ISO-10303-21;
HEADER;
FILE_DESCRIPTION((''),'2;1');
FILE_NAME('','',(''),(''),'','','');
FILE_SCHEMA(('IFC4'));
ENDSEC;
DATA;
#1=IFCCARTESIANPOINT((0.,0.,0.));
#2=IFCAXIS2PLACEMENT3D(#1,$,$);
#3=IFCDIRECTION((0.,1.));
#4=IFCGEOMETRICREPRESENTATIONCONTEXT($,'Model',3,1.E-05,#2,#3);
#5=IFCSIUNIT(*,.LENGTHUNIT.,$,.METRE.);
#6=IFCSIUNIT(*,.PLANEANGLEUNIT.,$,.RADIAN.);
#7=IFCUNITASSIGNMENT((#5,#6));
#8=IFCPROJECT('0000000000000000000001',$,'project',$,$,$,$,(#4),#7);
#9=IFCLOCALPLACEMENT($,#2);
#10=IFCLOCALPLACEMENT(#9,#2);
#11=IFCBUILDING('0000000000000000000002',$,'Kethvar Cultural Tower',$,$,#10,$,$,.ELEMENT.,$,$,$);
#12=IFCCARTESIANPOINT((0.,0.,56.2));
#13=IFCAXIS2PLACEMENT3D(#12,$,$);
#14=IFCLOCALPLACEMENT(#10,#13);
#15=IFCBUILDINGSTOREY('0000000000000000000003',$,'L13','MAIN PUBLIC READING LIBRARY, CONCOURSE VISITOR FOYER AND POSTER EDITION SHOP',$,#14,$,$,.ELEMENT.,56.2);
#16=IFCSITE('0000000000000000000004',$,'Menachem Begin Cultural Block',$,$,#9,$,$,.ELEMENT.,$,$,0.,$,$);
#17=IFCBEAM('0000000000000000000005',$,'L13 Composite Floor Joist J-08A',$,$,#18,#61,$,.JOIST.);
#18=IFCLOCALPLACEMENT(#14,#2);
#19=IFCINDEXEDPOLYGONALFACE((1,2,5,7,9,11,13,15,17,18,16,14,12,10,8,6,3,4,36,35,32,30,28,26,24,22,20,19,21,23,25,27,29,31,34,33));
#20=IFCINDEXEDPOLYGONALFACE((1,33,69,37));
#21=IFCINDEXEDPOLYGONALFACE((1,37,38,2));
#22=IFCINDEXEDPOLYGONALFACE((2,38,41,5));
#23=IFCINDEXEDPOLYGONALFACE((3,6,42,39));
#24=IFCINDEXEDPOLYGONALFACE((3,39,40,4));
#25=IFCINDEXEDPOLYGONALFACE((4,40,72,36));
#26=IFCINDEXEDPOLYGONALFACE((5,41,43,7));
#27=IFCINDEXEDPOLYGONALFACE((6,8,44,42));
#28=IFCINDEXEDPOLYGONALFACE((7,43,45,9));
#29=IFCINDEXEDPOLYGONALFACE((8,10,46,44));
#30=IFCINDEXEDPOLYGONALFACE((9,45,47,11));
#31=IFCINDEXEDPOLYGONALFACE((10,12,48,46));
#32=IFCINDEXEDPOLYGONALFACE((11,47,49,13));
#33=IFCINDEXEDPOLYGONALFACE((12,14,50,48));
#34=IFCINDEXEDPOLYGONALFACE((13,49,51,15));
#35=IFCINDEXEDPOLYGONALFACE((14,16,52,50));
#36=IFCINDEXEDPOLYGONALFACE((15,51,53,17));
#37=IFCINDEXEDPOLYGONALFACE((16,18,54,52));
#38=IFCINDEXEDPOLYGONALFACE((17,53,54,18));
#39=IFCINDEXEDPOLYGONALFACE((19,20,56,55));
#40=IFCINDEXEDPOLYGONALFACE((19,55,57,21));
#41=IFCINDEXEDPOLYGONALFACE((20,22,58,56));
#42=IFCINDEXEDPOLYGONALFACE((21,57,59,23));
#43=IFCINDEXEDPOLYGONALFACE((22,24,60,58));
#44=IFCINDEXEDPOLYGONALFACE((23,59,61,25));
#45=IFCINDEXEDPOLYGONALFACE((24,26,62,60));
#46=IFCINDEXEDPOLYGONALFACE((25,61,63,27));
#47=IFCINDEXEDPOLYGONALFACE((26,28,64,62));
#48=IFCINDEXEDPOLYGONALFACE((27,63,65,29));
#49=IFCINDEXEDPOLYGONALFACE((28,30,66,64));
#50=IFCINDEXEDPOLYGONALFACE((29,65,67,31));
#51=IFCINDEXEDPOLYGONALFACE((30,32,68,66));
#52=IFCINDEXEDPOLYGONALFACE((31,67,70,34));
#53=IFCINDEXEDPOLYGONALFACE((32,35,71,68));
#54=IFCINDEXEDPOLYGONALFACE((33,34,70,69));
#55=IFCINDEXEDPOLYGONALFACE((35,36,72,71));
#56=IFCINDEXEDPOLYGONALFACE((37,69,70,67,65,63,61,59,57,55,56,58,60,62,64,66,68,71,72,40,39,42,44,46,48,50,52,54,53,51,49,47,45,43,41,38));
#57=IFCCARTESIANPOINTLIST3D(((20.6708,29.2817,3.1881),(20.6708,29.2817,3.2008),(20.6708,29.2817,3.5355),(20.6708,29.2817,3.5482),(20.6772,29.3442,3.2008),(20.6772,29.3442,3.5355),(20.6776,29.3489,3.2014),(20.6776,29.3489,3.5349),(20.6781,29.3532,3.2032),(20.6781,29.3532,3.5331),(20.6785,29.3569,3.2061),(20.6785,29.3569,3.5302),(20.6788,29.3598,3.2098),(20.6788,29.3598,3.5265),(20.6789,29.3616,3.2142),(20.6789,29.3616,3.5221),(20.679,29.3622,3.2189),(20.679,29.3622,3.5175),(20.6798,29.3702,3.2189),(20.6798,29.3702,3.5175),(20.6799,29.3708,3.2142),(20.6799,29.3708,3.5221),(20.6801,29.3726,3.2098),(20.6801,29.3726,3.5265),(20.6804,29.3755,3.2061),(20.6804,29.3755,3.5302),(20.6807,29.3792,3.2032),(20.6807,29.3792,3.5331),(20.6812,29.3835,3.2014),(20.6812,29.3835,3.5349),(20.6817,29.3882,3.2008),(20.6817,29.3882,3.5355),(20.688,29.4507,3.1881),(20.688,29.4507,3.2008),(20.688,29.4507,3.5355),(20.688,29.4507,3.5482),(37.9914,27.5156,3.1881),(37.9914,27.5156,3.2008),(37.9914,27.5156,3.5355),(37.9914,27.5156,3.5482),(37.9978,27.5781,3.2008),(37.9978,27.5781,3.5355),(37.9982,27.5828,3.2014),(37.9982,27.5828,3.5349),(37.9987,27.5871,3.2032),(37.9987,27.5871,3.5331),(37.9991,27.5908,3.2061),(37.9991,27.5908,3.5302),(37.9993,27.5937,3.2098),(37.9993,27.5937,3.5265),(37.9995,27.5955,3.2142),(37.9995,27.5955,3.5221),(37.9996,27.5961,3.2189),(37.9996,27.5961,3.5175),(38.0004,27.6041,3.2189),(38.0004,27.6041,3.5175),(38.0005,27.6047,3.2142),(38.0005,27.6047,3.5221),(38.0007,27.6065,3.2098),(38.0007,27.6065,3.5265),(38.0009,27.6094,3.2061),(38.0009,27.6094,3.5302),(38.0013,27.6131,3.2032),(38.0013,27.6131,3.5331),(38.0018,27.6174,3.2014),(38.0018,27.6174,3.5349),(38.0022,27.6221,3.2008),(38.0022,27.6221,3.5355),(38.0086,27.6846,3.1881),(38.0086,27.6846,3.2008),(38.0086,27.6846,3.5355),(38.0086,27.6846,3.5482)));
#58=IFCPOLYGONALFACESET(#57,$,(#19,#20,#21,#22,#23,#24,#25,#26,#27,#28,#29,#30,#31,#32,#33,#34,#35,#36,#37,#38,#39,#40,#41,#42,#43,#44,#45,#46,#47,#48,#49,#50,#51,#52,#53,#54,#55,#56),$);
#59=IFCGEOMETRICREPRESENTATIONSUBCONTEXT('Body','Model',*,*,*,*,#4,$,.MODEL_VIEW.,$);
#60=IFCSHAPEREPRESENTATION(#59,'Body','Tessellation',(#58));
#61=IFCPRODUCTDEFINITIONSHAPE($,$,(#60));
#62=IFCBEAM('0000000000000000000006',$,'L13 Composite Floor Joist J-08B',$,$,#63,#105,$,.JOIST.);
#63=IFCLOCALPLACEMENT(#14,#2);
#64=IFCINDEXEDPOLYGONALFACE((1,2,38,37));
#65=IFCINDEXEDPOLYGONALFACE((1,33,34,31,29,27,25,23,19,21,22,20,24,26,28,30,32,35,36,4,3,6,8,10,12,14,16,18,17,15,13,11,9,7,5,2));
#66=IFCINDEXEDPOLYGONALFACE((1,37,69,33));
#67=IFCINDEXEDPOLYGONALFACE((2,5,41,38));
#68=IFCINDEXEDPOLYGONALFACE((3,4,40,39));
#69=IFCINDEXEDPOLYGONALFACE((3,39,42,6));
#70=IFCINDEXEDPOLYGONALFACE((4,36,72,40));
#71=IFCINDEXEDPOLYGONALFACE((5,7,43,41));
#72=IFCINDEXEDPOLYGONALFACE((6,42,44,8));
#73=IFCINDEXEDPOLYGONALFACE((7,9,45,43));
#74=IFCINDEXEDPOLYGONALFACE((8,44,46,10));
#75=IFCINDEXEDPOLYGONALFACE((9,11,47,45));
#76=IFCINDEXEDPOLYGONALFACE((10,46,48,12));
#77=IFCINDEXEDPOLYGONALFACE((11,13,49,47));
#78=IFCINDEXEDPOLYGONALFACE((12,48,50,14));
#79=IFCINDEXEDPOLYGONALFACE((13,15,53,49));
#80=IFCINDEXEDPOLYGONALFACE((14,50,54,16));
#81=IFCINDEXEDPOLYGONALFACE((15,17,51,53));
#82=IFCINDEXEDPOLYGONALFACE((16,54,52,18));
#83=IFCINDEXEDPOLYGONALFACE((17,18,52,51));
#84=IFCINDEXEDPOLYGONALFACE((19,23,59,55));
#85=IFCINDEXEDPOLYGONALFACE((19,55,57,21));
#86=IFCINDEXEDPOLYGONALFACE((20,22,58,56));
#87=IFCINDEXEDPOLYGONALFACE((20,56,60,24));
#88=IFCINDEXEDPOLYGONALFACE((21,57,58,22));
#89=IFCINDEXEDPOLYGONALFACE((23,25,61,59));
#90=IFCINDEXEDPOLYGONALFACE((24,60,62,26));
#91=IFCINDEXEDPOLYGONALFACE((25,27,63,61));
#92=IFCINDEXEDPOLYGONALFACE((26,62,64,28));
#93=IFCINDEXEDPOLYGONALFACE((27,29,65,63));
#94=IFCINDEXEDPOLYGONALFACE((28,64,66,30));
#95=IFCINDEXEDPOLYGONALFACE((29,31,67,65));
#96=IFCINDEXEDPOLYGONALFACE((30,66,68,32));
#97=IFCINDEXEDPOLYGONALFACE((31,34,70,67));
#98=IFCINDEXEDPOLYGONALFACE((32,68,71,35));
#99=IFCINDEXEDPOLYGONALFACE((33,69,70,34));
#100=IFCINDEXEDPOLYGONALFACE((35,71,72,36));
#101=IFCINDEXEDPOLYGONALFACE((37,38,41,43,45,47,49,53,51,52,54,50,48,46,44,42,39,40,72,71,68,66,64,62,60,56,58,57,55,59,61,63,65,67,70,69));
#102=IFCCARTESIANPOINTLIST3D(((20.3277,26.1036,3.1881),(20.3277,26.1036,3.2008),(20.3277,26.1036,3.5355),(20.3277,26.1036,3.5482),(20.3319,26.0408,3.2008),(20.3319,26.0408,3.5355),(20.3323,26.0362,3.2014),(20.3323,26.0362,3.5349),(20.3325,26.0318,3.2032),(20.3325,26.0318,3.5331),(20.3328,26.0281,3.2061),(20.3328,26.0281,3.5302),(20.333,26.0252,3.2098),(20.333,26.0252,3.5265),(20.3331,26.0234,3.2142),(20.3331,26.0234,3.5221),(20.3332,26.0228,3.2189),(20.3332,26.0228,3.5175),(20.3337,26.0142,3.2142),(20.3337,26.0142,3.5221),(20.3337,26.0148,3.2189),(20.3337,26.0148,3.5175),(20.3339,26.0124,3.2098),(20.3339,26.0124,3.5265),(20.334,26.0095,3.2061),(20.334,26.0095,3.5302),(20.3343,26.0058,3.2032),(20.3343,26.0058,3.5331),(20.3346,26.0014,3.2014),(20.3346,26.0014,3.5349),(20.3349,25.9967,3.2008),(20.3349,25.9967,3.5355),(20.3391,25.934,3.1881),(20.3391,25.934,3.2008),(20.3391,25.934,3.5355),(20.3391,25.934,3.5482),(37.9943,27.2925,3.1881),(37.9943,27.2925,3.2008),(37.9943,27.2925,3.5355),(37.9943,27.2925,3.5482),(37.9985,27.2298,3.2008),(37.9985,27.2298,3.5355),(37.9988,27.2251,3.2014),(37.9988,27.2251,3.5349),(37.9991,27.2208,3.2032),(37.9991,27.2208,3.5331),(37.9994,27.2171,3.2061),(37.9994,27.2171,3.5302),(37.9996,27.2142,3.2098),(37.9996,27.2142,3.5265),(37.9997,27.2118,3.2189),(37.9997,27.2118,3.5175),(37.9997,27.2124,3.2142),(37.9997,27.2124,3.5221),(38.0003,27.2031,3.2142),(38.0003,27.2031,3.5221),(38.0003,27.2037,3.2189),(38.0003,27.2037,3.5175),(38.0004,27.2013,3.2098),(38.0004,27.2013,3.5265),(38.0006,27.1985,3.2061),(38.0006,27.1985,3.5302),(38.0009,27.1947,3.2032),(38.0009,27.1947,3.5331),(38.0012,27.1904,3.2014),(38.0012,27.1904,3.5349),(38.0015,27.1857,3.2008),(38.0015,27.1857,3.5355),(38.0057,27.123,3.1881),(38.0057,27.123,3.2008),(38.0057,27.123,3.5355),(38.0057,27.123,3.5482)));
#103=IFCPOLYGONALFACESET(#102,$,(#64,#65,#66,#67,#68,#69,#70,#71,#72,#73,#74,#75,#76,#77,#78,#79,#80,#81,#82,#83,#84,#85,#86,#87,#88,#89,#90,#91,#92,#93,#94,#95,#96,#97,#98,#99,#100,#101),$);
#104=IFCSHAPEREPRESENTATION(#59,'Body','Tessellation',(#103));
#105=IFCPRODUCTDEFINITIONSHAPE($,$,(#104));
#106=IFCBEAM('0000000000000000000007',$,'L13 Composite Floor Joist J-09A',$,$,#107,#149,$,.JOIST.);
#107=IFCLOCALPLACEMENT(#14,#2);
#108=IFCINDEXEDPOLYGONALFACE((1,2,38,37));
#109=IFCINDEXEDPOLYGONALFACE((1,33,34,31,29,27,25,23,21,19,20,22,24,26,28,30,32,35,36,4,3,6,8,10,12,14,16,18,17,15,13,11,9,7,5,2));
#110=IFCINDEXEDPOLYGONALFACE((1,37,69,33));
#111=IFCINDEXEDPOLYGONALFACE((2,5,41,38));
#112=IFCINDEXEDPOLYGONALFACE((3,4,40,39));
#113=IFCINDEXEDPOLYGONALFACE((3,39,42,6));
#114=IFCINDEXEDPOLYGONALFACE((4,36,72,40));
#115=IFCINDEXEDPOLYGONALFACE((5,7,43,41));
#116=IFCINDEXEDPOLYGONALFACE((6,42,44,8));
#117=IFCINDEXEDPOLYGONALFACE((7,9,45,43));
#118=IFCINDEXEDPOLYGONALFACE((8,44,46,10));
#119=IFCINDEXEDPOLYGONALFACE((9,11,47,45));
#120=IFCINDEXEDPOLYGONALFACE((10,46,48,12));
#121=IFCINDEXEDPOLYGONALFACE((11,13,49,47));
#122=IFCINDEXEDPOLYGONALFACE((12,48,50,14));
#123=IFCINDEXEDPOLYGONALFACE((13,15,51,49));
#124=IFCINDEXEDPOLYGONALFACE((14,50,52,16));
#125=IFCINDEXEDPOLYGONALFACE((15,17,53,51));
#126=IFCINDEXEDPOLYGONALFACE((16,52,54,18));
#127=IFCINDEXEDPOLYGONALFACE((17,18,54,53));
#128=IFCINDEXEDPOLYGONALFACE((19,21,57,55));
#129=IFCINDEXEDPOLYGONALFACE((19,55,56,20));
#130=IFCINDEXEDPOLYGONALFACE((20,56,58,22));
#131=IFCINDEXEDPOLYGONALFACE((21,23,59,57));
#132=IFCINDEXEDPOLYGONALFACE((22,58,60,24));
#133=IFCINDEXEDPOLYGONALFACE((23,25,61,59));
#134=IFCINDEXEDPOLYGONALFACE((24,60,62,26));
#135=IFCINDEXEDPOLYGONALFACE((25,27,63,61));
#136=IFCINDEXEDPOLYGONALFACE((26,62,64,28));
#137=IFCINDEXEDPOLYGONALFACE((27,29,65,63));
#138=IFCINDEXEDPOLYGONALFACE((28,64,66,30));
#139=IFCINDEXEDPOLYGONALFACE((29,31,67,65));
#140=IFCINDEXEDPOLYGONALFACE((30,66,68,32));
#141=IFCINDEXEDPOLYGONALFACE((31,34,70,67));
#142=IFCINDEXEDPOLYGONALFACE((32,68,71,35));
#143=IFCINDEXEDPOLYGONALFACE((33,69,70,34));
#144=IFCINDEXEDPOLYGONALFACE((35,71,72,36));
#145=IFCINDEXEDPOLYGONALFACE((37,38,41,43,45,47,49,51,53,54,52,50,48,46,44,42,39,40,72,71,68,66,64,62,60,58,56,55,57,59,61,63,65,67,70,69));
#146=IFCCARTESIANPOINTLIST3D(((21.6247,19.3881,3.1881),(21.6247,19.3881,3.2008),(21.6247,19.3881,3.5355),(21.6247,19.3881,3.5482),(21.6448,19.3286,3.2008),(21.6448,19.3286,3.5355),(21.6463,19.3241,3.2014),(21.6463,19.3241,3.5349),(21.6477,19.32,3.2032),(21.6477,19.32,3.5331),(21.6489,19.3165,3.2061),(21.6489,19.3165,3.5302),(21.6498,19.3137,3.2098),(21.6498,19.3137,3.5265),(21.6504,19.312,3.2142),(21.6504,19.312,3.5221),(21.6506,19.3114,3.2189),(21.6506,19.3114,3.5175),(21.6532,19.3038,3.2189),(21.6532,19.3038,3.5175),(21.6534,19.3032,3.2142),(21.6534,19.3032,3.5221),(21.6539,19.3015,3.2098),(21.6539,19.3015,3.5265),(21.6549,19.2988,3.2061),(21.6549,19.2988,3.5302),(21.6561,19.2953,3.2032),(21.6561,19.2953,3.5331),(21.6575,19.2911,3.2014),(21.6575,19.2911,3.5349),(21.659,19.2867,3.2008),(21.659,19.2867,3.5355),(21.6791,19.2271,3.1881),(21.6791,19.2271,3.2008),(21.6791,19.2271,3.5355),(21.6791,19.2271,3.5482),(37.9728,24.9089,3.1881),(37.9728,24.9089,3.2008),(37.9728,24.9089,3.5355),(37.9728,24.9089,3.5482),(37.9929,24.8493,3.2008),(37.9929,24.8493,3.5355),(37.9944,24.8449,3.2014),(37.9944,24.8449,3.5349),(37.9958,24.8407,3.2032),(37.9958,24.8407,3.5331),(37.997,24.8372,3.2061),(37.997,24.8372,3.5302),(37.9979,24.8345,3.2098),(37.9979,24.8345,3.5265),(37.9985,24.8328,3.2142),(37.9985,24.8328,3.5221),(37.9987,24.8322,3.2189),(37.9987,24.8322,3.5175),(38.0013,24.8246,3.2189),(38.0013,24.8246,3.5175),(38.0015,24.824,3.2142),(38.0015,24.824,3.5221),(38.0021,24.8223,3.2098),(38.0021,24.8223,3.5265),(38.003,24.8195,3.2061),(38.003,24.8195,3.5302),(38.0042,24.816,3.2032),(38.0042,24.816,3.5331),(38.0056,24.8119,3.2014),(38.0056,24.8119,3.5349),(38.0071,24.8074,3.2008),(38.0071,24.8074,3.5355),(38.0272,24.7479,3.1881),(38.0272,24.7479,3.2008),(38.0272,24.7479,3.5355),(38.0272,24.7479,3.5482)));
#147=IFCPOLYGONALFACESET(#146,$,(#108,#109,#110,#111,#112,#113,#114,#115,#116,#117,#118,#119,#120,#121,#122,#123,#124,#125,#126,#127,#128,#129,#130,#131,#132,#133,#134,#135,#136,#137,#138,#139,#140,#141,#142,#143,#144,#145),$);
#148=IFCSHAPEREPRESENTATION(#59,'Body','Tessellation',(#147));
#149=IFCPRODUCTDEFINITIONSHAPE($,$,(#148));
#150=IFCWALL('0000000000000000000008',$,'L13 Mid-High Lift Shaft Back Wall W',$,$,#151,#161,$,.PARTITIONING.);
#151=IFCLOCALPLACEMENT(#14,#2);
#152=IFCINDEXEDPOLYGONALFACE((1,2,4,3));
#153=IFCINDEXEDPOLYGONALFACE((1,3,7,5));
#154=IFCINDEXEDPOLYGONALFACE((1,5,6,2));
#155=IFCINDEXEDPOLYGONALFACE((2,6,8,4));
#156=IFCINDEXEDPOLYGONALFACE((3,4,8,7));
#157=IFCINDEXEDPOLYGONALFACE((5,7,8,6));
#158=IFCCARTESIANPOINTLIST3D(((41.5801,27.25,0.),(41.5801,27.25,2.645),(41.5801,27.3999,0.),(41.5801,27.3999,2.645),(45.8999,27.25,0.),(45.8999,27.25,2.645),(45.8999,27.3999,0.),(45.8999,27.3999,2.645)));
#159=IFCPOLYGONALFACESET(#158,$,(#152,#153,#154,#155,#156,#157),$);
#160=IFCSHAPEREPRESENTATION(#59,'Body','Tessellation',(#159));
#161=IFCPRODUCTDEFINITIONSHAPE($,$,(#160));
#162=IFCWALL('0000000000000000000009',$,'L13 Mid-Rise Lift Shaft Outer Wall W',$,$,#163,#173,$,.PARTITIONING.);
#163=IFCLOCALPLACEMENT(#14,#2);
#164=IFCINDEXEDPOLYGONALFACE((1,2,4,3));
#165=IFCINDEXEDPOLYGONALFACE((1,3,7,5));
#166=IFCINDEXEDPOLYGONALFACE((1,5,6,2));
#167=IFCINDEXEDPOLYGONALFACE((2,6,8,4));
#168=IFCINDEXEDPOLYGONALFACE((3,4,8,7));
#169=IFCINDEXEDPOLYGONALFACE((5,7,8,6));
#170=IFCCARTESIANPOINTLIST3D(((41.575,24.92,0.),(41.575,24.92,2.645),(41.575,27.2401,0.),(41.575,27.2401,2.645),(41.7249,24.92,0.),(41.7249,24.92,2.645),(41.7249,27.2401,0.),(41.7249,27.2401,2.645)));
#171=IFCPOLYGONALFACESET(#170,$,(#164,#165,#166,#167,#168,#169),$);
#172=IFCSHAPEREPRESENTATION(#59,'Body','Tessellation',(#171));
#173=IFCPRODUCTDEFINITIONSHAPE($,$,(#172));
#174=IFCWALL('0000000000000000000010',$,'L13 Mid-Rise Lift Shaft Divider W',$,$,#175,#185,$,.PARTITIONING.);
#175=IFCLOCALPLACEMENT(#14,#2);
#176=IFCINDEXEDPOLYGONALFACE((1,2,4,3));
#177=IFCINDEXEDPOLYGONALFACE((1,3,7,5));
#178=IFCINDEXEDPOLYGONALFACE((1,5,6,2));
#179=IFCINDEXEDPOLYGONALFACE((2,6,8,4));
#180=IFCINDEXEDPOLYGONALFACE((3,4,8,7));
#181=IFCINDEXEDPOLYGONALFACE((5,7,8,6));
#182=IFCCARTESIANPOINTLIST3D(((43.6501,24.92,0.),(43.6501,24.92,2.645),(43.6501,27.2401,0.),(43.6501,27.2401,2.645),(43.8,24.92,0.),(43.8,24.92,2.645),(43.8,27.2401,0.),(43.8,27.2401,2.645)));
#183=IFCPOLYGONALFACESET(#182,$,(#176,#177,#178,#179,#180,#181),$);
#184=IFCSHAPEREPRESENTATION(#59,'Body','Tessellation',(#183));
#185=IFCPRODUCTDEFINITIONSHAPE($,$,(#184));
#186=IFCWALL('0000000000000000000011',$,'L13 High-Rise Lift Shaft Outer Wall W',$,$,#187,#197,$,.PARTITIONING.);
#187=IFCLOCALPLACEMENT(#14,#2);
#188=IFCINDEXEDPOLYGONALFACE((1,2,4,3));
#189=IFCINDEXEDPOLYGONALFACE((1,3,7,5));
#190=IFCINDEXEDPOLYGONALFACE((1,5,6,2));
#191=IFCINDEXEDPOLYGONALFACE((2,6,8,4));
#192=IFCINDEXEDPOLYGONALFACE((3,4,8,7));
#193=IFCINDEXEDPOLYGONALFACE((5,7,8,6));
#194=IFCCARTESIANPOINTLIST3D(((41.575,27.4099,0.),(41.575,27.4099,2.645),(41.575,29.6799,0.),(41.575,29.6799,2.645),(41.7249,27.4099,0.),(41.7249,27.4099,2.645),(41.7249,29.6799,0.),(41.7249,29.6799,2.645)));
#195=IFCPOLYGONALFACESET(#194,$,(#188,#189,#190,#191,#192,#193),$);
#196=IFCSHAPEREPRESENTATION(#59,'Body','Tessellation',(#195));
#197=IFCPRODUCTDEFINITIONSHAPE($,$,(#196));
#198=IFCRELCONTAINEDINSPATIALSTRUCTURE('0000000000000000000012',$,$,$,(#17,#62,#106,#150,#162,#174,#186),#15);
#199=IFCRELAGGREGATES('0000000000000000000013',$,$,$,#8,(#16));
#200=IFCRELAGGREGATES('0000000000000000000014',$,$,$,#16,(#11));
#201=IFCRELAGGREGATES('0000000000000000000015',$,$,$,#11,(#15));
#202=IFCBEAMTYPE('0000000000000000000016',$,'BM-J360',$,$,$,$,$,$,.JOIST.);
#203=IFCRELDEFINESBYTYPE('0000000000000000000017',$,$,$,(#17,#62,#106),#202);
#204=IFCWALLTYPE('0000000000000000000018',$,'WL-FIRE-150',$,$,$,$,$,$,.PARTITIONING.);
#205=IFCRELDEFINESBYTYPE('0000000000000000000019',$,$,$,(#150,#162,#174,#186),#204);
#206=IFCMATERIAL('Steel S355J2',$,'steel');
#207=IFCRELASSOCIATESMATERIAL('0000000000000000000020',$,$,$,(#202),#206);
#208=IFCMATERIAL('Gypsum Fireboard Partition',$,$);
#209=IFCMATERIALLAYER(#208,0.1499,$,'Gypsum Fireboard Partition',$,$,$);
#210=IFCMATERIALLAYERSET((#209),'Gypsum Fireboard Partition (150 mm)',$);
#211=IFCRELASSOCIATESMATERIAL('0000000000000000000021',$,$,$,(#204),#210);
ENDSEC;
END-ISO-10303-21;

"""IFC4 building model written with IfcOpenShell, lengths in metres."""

from ifc_helpers import new_model, si_unit, direction, frame, frame_2d, origin, origin_2d, place, context, subcontext, project, spatial, rectangle, i_section, extrude, source, transform, mapped, material, layer, layer_set, material_profile, profile_set, type_object, element, save


model = new_model("IFC4")

# Units and contexts
model_context = context("Model", 3, precision=1e-05, world=origin(), true_north=direction((0.0, 1.0)))
body_context = subcontext(model_context, "Body", "Model", "MODEL_VIEW")
ifc_project = project(units=[si_unit("LENGTHUNIT", "METRE"), si_unit("PLANEANGLEUNIT", "RADIAN")], contexts=[model_context])

# Site, building, storey
site_placement = place(None, origin())
site = spatial("IfcSite", under=ifc_project, at=site_placement, Name="Menachem Begin Cultural Block", CompositionType="ELEMENT", RefElevation=0.0)
building_placement = place(site_placement, origin())
building = spatial("IfcBuilding", under=site, at=building_placement, Name="Kethvar Cultural Tower", CompositionType="ELEMENT")
storey_placement = place(building_placement, frame((0.0, 0.0, 56.2)))
storey = spatial("IfcBuildingStorey", under=building, at=storey_placement, Name="L13", Description="MAIN PUBLIC READING LIBRARY, CONCOURSE VISITOR FOYER AND POSTER EDITION SHOP", CompositionType="ELEMENT", Elevation=56.2)

# Beams
ifc_material_1 = material(Name="Steel S355J2", Category="steel")
ifc_material_profile_1 = material_profile(ifc_material_1, i_section(OverallWidth=0.1699, OverallDepth=0.3601, WebThickness=0.0081, FlangeThickness=0.0127, FilletRadius=0.0181, at=origin_2d()), Name="Steel S355J2 — IPE360")
ifc_profile_set_1 = profile_set([ifc_material_profile_1], Name="Steel S355J2 — IPE360")
beam_type_1 = type_object("IfcBeamType", Name="BM-J360", PredefinedType="JOIST", material=ifc_profile_set_1)
shared_shape_1 = source(origin(), body_context, "Body", "SweptSolid", [
    extrude(i_section(OverallWidth=0.1699, OverallDepth=0.3601, WebThickness=0.0081, FlangeThickness=0.0127, FilletRadius=0.0181, at=origin_2d()), origin(), (0.0, 0.0, 1.0), 17.4104),
])
beam_1_placement = place(storey_placement, frame((38.0, 27.6001, 3.3682), z_axis=(-0.994842, 0.10144, 0.0), x_axis=(-0.10144, -0.994842, 0.0)))
element("IfcBeam", 1, at=beam_1_placement, inside=storey, type_object=beam_type_1, Name="L13 Composite Floor Joist J-08A", PredefinedType="JOIST", context=body_context, shape_type="MappedRepresentation", body=[
    mapped(shared_shape_1, transform((0.0, 0.0, 0.0), scale=1.0)),
])
shared_shape_2 = source(origin(), body_context, "Body", "SweptSolid", [
    extrude(i_section(OverallWidth=0.1699, OverallDepth=0.3601, WebThickness=0.0081, FlangeThickness=0.0127, FilletRadius=0.0181, at=origin_2d()), origin(), (0.0, 0.0, 1.0), 17.7065),
])
beam_2_placement = place(storey_placement, frame((38.0, 27.2078, 3.3682), z_axis=(-0.997743, -0.067149, 0.0), x_axis=(0.067149, -0.997743, 0.0)))
element("IfcBeam", 2, at=beam_2_placement, inside=storey, type_object=beam_type_1, Name="L13 Composite Floor Joist J-08B", PredefinedType="JOIST", context=body_context, shape_type="MappedRepresentation", body=[
    mapped(shared_shape_2, transform((0.0, 0.0, 0.0), scale=1.0)),
])
shared_shape_3 = source(origin(), body_context, "Body", "SweptSolid", [
    extrude(i_section(OverallWidth=0.1699, OverallDepth=0.3601, WebThickness=0.0081, FlangeThickness=0.0127, FilletRadius=0.0181, at=origin_2d()), origin(), (0.0, 0.0, 1.0), 17.2551),
])
beam_3_placement = place(storey_placement, frame((38.0, 24.8284, 3.3682), z_axis=(-0.947435, -0.319948, 0.0), x_axis=(0.319948, -0.947435, 0.0)))
element("IfcBeam", 3, at=beam_3_placement, inside=storey, type_object=beam_type_1, Name="L13 Composite Floor Joist J-09A", PredefinedType="JOIST", context=body_context, shape_type="MappedRepresentation", body=[
    mapped(shared_shape_3, transform((0.0, 0.0, 0.0), scale=1.0)),
])

# Walls
ifc_material_2 = material(Name="Gypsum Fireboard Partition")
ifc_layer_1 = layer(ifc_material_2, 0.1499, Name="Gypsum Fireboard Partition")
ifc_layer_set_1 = layer_set([ifc_layer_1], Name="Gypsum Fireboard Partition (150 mm)")
wall_type_1 = type_object("IfcWallType", Name="WL-FIRE-150", PredefinedType="PARTITIONING", material=ifc_layer_set_1)
wall_1_placement = place(storey_placement, frame((41.5801, 27.325, 0.0), z_axis=(0.0, 0.0, 1.0), x_axis=(1.0, 0.0, 0.0)))
element("IfcWall", 4, at=wall_1_placement, inside=storey, type_object=wall_type_1, Name="L13 Mid-High Lift Shaft Back Wall W", PredefinedType="PARTITIONING", context=body_context, shape_type="SweptSolid", body=[
    extrude(rectangle(XDim=4.3198, YDim=0.1499, at=frame_2d((2.1599, 0.0))), origin(), (0.0, 0.0, 1.0), 2.645),
])
for number, where, z_axis, x_axis, name in (
    (5, (41.6499, 24.9199, 0.0), (0.0, 0.0, 1.0), (0.0, 1.0, 0.0), "L13 Mid-Rise Lift Shaft Outer Wall W"),
    (6, (43.7251, 24.9199, 0.0), (0.0, 0.0, 1.0), (0.0, 1.0, 0.0), "L13 Mid-Rise Lift Shaft Divider W"),
):
    element("IfcWall", number, at=place(storey_placement, frame(where, z_axis=z_axis, x_axis=x_axis)), inside=storey, type_object=wall_type_1, Name=name, PredefinedType="PARTITIONING", context=body_context, shape_type="SweptSolid", body=[
        extrude(rectangle(XDim=2.3201, YDim=0.1499, at=frame_2d((1.1602, 0.0))), origin(), (0.0, 0.0, 1.0), 2.645),
    ])
for number, where, z_axis, x_axis, name in (
    (7, (41.6499, 27.4099, 0.0), (0.0, 0.0, 1.0), (0.0, 1.0, 0.0), "L13 High-Rise Lift Shaft Outer Wall W"),
):
    element("IfcWall", number, at=place(storey_placement, frame(where, z_axis=z_axis, x_axis=x_axis)), inside=storey, type_object=wall_type_1, Name=name, PredefinedType="PARTITIONING", context=body_context, shape_type="SweptSolid", body=[
        extrude(rectangle(XDim=2.27, YDim=0.1499, at=frame_2d((1.135, 0.0))), origin(), (0.0, 0.0, 1.0), 2.645),
    ])

save(model, "model.ifc")
